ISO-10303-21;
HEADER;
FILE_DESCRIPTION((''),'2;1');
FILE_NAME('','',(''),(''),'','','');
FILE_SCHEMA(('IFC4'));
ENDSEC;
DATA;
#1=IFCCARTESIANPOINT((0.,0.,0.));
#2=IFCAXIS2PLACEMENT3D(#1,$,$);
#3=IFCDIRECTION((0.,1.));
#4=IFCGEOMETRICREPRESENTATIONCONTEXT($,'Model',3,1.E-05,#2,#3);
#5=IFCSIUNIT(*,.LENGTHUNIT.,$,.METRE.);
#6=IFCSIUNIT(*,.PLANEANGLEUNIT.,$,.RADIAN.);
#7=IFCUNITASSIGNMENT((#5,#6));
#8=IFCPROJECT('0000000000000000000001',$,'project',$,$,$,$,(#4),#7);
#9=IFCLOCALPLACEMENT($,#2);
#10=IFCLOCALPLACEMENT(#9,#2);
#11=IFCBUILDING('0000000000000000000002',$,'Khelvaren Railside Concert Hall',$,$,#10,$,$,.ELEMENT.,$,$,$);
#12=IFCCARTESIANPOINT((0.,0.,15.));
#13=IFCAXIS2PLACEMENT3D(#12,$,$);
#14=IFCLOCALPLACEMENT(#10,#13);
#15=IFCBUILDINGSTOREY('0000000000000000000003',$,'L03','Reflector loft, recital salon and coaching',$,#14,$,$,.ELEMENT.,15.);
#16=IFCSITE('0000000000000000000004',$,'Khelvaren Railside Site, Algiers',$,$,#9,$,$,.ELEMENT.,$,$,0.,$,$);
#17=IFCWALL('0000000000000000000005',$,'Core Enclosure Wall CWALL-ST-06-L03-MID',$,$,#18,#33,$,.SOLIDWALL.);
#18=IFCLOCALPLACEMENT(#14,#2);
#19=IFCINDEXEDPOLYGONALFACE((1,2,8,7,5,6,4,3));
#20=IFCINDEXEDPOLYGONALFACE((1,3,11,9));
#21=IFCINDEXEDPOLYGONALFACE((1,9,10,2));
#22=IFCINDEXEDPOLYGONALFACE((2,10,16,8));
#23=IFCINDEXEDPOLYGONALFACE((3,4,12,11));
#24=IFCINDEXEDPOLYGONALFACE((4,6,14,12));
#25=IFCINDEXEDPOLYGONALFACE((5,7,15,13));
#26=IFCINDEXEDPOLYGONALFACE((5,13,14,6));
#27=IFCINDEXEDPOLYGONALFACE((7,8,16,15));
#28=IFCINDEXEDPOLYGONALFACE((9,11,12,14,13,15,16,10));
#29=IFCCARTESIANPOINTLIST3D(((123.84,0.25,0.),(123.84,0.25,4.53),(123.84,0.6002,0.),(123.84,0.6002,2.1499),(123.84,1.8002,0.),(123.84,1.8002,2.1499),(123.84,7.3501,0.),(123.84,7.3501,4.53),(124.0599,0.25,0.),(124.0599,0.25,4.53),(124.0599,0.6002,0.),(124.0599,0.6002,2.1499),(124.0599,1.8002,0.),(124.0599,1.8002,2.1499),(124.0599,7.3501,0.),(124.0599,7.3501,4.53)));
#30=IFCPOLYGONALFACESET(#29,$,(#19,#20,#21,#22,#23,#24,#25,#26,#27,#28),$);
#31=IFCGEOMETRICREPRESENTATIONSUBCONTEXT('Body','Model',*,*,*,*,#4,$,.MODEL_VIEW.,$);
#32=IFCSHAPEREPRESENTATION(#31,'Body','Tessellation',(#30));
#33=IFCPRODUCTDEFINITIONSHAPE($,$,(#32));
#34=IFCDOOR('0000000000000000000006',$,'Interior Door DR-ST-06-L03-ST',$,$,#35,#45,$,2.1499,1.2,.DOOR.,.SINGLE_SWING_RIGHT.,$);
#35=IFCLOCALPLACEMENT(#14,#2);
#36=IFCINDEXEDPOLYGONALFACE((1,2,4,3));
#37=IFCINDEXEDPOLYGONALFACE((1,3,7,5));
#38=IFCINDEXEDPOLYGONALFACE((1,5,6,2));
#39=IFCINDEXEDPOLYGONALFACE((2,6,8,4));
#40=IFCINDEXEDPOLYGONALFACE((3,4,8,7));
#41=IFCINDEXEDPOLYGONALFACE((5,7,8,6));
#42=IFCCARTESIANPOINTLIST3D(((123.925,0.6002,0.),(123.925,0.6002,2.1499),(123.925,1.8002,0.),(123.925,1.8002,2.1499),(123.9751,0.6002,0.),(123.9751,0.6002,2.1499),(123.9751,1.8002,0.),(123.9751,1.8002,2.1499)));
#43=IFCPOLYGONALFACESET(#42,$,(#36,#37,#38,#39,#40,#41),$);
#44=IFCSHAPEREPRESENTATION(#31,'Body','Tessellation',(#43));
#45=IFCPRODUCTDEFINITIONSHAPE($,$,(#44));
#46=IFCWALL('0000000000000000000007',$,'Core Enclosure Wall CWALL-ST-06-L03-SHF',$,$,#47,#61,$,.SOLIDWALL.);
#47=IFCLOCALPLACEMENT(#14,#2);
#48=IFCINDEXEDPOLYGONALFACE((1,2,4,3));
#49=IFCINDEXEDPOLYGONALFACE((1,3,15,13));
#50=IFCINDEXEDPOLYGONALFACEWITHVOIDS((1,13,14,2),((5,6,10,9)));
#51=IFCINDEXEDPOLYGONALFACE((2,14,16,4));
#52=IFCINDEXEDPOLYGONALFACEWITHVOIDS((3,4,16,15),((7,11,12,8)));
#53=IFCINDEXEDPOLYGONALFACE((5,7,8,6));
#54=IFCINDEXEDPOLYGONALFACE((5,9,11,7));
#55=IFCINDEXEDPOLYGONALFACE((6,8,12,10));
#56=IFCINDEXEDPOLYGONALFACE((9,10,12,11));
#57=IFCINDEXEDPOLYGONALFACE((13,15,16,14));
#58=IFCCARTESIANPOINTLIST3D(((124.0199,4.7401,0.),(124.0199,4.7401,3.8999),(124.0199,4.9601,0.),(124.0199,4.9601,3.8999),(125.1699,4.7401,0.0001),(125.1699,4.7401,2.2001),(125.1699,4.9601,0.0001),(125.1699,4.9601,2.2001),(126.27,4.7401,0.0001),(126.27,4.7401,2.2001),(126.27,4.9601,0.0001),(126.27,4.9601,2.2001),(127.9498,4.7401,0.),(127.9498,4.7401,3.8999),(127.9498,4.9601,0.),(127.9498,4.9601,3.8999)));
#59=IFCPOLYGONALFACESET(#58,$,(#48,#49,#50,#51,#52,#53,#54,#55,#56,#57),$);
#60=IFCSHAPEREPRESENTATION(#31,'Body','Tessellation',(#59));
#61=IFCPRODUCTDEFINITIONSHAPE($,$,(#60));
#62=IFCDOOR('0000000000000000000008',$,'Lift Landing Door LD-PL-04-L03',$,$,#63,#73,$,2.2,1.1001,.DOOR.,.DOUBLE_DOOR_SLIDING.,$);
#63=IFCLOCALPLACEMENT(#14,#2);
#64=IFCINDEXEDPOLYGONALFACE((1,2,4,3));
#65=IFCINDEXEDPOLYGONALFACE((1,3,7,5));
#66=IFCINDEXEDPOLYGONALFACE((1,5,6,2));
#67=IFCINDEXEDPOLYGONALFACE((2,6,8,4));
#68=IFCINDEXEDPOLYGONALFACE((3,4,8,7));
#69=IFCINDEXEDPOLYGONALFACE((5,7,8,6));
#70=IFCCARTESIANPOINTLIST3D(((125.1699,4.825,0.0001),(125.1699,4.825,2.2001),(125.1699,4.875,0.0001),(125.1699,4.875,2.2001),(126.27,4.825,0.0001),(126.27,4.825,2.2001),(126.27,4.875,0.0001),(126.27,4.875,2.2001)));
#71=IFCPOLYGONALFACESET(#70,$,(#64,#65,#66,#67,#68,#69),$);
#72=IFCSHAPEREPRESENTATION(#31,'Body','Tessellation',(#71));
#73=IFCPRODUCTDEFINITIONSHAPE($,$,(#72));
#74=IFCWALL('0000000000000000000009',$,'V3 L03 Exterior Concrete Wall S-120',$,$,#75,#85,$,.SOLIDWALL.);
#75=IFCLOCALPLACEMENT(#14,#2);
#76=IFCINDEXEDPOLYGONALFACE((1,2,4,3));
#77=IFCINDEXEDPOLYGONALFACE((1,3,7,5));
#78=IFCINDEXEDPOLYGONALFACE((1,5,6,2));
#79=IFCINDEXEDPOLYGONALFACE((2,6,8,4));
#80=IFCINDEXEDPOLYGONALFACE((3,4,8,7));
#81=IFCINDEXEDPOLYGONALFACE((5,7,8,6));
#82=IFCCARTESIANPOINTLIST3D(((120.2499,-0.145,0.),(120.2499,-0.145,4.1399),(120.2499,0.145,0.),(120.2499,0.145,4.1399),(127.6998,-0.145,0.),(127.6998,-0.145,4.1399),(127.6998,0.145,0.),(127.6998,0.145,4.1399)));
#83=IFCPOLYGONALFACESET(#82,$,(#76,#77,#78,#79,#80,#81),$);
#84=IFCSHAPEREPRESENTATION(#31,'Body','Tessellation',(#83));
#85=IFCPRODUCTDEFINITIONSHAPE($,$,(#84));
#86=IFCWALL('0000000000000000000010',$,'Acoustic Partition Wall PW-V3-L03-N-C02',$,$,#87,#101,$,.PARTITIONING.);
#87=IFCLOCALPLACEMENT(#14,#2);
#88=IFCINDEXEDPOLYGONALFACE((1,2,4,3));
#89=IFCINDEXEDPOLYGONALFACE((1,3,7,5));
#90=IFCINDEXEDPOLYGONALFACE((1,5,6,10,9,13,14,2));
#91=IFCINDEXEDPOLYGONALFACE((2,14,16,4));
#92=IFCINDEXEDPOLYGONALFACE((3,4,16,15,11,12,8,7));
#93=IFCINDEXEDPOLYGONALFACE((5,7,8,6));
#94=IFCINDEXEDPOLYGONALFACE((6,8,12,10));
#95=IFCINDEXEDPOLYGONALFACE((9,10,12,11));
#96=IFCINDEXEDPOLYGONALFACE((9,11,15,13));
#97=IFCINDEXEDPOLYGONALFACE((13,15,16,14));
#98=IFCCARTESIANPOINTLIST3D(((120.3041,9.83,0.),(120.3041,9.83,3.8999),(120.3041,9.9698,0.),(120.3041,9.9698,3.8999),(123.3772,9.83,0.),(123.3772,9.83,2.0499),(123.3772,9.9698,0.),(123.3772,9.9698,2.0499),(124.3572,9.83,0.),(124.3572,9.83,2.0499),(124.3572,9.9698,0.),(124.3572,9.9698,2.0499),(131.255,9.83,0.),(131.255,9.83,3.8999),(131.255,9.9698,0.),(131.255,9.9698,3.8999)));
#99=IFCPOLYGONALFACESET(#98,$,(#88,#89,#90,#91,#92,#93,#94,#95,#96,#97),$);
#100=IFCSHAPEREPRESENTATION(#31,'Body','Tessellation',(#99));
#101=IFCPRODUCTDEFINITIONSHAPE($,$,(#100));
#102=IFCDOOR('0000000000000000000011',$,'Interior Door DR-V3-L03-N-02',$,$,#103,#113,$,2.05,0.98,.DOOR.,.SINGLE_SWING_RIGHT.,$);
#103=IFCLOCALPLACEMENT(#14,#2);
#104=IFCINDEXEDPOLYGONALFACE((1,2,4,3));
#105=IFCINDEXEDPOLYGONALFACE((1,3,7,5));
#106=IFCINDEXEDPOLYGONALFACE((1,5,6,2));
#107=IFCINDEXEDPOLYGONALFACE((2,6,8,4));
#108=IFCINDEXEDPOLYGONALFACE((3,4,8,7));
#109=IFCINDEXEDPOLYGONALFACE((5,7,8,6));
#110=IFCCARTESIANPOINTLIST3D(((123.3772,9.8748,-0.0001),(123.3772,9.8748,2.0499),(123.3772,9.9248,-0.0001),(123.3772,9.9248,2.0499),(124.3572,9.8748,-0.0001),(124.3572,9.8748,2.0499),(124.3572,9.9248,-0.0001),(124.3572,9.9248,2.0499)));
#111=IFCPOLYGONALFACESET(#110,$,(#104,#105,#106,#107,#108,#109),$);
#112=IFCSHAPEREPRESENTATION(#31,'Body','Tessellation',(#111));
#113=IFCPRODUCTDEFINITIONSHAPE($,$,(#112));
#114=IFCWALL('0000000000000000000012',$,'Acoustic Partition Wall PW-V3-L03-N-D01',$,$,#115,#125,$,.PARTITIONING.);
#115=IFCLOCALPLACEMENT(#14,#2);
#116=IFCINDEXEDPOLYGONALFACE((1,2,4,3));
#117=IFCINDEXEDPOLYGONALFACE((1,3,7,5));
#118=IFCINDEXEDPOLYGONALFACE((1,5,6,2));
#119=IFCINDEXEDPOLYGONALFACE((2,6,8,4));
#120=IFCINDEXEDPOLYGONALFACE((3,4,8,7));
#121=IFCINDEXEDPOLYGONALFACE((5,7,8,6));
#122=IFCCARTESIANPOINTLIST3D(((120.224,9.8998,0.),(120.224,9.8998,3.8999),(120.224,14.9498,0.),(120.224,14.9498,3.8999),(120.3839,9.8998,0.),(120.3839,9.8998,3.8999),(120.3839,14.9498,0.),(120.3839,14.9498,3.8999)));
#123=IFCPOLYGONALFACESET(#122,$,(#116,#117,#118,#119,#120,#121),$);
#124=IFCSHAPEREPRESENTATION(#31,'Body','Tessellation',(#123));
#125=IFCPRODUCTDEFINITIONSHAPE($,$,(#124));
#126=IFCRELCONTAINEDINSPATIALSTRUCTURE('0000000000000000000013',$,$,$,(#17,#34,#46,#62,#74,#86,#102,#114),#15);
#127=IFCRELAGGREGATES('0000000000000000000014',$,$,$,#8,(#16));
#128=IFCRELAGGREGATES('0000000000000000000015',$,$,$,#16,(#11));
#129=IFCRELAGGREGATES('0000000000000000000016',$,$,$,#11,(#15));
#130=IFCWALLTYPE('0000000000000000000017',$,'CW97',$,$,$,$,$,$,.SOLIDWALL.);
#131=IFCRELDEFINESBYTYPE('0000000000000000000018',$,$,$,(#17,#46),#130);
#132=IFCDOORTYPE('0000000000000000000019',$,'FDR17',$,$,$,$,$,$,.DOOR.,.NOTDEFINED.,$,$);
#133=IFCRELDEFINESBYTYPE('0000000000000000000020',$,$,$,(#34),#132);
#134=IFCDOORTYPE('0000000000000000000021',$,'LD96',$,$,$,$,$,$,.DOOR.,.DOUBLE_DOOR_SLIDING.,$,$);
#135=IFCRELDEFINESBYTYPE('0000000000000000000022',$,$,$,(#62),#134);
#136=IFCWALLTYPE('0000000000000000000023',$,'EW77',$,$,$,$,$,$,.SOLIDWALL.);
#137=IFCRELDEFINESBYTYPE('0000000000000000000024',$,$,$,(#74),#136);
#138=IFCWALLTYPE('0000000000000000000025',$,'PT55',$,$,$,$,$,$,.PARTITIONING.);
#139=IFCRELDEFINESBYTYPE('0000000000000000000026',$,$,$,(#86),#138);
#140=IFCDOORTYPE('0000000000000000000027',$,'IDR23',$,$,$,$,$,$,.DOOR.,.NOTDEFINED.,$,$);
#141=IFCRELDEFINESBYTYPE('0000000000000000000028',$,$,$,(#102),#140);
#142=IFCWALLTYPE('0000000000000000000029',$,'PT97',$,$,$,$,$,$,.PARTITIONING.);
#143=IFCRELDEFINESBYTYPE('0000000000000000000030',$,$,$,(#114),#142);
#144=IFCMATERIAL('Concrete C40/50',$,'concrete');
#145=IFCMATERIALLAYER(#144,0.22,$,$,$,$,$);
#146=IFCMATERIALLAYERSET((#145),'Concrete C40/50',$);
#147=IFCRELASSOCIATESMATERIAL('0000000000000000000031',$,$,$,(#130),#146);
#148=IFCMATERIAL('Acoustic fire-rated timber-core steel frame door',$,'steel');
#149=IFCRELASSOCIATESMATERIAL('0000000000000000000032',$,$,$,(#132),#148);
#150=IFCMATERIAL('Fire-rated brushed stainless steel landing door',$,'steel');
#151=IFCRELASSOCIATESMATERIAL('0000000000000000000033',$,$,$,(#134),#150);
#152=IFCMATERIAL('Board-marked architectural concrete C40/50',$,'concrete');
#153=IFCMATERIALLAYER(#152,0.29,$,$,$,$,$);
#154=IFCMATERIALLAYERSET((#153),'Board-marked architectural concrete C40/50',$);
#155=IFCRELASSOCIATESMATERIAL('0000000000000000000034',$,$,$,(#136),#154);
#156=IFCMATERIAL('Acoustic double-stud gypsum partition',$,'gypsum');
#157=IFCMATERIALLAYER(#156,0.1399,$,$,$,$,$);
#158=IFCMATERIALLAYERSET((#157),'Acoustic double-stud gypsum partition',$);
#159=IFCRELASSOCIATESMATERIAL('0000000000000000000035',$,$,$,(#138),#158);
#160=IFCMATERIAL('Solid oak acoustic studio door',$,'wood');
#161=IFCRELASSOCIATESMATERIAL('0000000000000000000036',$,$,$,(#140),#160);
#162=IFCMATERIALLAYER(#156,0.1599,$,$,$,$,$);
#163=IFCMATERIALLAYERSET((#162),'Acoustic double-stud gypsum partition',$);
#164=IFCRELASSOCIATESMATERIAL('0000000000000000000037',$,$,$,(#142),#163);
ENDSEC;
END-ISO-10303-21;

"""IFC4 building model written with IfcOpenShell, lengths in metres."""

from ifc_helpers import new_model, si_unit, direction, frame, frame_2d, origin, place, context, subcontext, project, spatial, rectangle, extrude, material, layer, layer_set, type_object, element, fill, save


model = new_model("IFC4")

# Units and contexts
model_context = context("Model", 3, precision=1e-05, world=origin(), true_north=direction((0.0, 1.0)))
body_context = subcontext(model_context, "Body", "Model", "MODEL_VIEW")
ifc_project = project(units=[si_unit("LENGTHUNIT", "METRE"), si_unit("PLANEANGLEUNIT", "RADIAN")], contexts=[model_context])

# Site, building, storey
site_placement = place(None, origin())
site = spatial("IfcSite", under=ifc_project, at=site_placement, Name="Khelvaren Railside Site, Algiers", CompositionType="ELEMENT", RefElevation=0.0)
building_placement = place(site_placement, origin())
building = spatial("IfcBuilding", under=site, at=building_placement, Name="Khelvaren Railside Concert Hall", CompositionType="ELEMENT")
storey_placement = place(building_placement, frame((0.0, 0.0, 15.0)))
storey = spatial("IfcBuildingStorey", under=building, at=storey_placement, Name="L03", Description="Reflector loft, recital salon and coaching", CompositionType="ELEMENT", Elevation=15.0)

# Shared definitions
ifc_material_1 = material(Name="Concrete C40/50", Category="concrete")

# Walls, openings, doors
ifc_material_2 = material(Name="Acoustic fire-rated timber-core steel frame door", Category="steel")
ifc_layer_1 = layer(ifc_material_1, 0.22)
ifc_layer_set_1 = layer_set([ifc_layer_1], Name="Concrete C40/50")
wall_type_1 = type_object("IfcWallType", Name="CW97", PredefinedType="SOLIDWALL", material=ifc_layer_set_1)
wall_1_placement = place(storey_placement, frame((123.95, 0.25, 0.0), z_axis=(0.0, 0.0, 1.0), x_axis=(0.0, 1.0, 0.0)))
wall_1 = element("IfcWall", 1, at=wall_1_placement, inside=storey, type_object=wall_type_1, Name="Core Enclosure Wall CWALL-ST-06-L03-MID", PredefinedType="SOLIDWALL", context=body_context, shape_type="SweptSolid", body=[
    extrude(rectangle(XDim=7.1001, YDim=0.22, at=frame_2d((3.55, 0.0))), origin(), (0.0, 0.0, 1.0), 4.53),
])
opening_1_placement = place(wall_1_placement, frame((0.3501, 0.0, 0.0)))
opening_1 = element("IfcOpeningElement", 2, at=opening_1_placement, cuts=wall_1, PredefinedType="OPENING", context=body_context, shape_type="SweptSolid", body=[
    extrude(rectangle(XDim=1.2, YDim=2.1499, at=frame_2d((0.6001, 1.075))), frame((0.0, 0.1199, 0.0), z_axis=(0.0, -1.0, 0.0), x_axis=(1.0, 0.0, 0.0)), (0.0, 0.0, 1.0), 0.24),
])
door_type_1 = type_object("IfcDoorType", Name="FDR17", OperationType="NOTDEFINED", PredefinedType="DOOR", material=ifc_material_2)
door_1_placement = place(opening_1_placement, origin())
door_1 = element("IfcDoor", 3, at=door_1_placement, inside=storey, type_object=door_type_1, Name="Interior Door DR-ST-06-L03-ST", OperationType="SINGLE_SWING_RIGHT", OverallHeight=2.1499, OverallWidth=1.2, PredefinedType="DOOR", context=body_context, shape_type="SweptSolid", body=[
    extrude(rectangle(XDim=1.2, YDim=2.1499, at=frame_2d((0.6001, 1.075))), frame((0.0, 0.0249, 0.0), z_axis=(0.0, -1.0, 0.0), x_axis=(1.0, 0.0, 0.0)), (0.0, 0.0, 1.0), 0.05),
])
fill(opening_1, door_1)
wall_2_placement = place(storey_placement, frame((124.02, 4.8501, 0.0), z_axis=(0.0, 0.0, 1.0), x_axis=(1.0, 0.0, 0.0)))
wall_2 = element("IfcWall", 4, at=wall_2_placement, inside=storey, type_object=wall_type_1, Name="Core Enclosure Wall CWALL-ST-06-L03-SHF", PredefinedType="SOLIDWALL", context=body_context, shape_type="SweptSolid", body=[
    extrude(rectangle(XDim=3.9299, YDim=0.22, at=frame_2d((1.9648, 0.0))), origin(), (0.0, 0.0, 1.0), 3.8999),
])
opening_2_placement = place(wall_2_placement, frame((1.1499, 0.0, 0.0)))
opening_2 = element("IfcOpeningElement", 5, at=opening_2_placement, cuts=wall_2, PredefinedType="OPENING", context=body_context, shape_type="SweptSolid", body=[
    extrude(rectangle(XDim=1.1001, YDim=2.2, at=frame_2d((0.55, 1.1001))), frame((0.0, 0.1199, 0.0), z_axis=(0.0, -1.0, 0.0), x_axis=(1.0, 0.0, 0.0)), (0.0, 0.0, 1.0), 0.24),
])
ifc_material_3 = material(Name="Fire-rated brushed stainless steel landing door", Category="steel")
door_type_2 = type_object("IfcDoorType", Name="LD96", OperationType="DOUBLE_DOOR_SLIDING", PredefinedType="DOOR", material=ifc_material_3)
door_2_placement = place(opening_2_placement, origin())
door_2 = element("IfcDoor", 6, at=door_2_placement, inside=storey, type_object=door_type_2, Name="Lift Landing Door LD-PL-04-L03", OperationType="DOUBLE_DOOR_SLIDING", OverallHeight=2.2, OverallWidth=1.1001, PredefinedType="DOOR", context=body_context, shape_type="SweptSolid", body=[
    extrude(rectangle(XDim=1.1001, YDim=2.2, at=frame_2d((0.55, 1.1001))), frame((0.0, 0.0249, 0.0), z_axis=(0.0, -1.0, 0.0), x_axis=(1.0, 0.0, 0.0)), (0.0, 0.0, 1.0), 0.05),
])
fill(opening_2, door_2)

# Wall
ifc_material_4 = material(Name="Board-marked architectural concrete C40/50", Category="concrete")
ifc_layer_2 = layer(ifc_material_4, 0.29)
ifc_layer_set_2 = layer_set([ifc_layer_2], Name="Board-marked architectural concrete C40/50")
wall_type_2 = type_object("IfcWallType", Name="EW77", PredefinedType="SOLIDWALL", material=ifc_layer_set_2)
wall_3_placement = place(storey_placement, frame((127.7, 0.0, 0.0), z_axis=(0.0, 0.0, 1.0), x_axis=(-1.0, 0.0, 0.0)))
element("IfcWall", 7, at=wall_3_placement, inside=storey, type_object=wall_type_2, Name="V3 L03 Exterior Concrete Wall S-120", PredefinedType="SOLIDWALL", context=body_context, shape_type="SweptSolid", body=[
    extrude(rectangle(XDim=7.45, YDim=0.29, at=frame_2d((3.7251, 0.0))), origin(), (0.0, 0.0, 1.0), 4.1399),
])

# Wall, opening, door
ifc_material_5 = material(Name="Acoustic double-stud gypsum partition", Category="gypsum")
ifc_layer_3 = layer(ifc_material_5, 0.1399)
ifc_layer_set_3 = layer_set([ifc_layer_3], Name="Acoustic double-stud gypsum partition")
wall_type_3 = type_object("IfcWallType", Name="PT55", PredefinedType="PARTITIONING", material=ifc_layer_set_3)
wall_4_placement = place(storey_placement, frame((120.304, 9.8999, 0.0), z_axis=(0.0, 0.0, 1.0), x_axis=(1.0, 0.0, 0.0)))
wall_4 = element("IfcWall", 8, at=wall_4_placement, inside=storey, type_object=wall_type_3, Name="Acoustic Partition Wall PW-V3-L03-N-C02", PredefinedType="PARTITIONING", context=body_context, shape_type="SweptSolid", body=[
    extrude(rectangle(XDim=10.9509, YDim=0.1399, at=frame_2d((5.4756, 0.0))), origin(), (0.0, 0.0, 1.0), 3.8999),
])
opening_3_placement = place(wall_4_placement, frame((3.0732, 0.0, 0.0)))
opening_3 = element("IfcOpeningElement", 9, at=opening_3_placement, cuts=wall_4, PredefinedType="OPENING", context=body_context, shape_type="SweptSolid", body=[
    extrude(rectangle(XDim=0.98, YDim=2.05, at=frame_2d((0.49, 1.0249))), frame((0.0, 0.0798, 0.0), z_axis=(0.0, -1.0, 0.0), x_axis=(1.0, 0.0, 0.0)), (0.0, 0.0, 1.0), 0.1599),
])
ifc_material_6 = material(Name="Solid oak acoustic studio door", Category="wood")
door_type_3 = type_object("IfcDoorType", Name="IDR23", OperationType="NOTDEFINED", PredefinedType="DOOR", material=ifc_material_6)
door_3_placement = place(opening_3_placement, origin())
door_3 = element("IfcDoor", 10, at=door_3_placement, inside=storey, type_object=door_type_3, Name="Interior Door DR-V3-L03-N-02", OperationType="SINGLE_SWING_RIGHT", OverallHeight=2.05, OverallWidth=0.98, PredefinedType="DOOR", context=body_context, shape_type="SweptSolid", body=[
    extrude(rectangle(XDim=0.98, YDim=2.05, at=frame_2d((0.49, 1.0249))), frame((0.0, 0.0249, 0.0), z_axis=(0.0, -1.0, 0.0), x_axis=(1.0, 0.0, 0.0)), (0.0, 0.0, 1.0), 0.05),
])
fill(opening_3, door_3)

# Wall
ifc_layer_4 = layer(ifc_material_5, 0.1599)
ifc_layer_set_4 = layer_set([ifc_layer_4], Name="Acoustic double-stud gypsum partition")
wall_type_4 = type_object("IfcWallType", Name="PT97", PredefinedType="PARTITIONING", material=ifc_layer_set_4)
wall_5_placement = place(storey_placement, frame((120.304, 9.8999, 0.0), z_axis=(0.0, 0.0, 1.0), x_axis=(0.0, 1.0, 0.0)))
element("IfcWall", 11, at=wall_5_placement, inside=storey, type_object=wall_type_4, Name="Acoustic Partition Wall PW-V3-L03-N-D01", PredefinedType="PARTITIONING", context=body_context, shape_type="SweptSolid", body=[
    extrude(rectangle(XDim=5.05, YDim=0.1599, at=frame_2d((2.5249, 0.0))), origin(), (0.0, 0.0, 1.0), 3.8999),
])

save(model, "model.ifc")
